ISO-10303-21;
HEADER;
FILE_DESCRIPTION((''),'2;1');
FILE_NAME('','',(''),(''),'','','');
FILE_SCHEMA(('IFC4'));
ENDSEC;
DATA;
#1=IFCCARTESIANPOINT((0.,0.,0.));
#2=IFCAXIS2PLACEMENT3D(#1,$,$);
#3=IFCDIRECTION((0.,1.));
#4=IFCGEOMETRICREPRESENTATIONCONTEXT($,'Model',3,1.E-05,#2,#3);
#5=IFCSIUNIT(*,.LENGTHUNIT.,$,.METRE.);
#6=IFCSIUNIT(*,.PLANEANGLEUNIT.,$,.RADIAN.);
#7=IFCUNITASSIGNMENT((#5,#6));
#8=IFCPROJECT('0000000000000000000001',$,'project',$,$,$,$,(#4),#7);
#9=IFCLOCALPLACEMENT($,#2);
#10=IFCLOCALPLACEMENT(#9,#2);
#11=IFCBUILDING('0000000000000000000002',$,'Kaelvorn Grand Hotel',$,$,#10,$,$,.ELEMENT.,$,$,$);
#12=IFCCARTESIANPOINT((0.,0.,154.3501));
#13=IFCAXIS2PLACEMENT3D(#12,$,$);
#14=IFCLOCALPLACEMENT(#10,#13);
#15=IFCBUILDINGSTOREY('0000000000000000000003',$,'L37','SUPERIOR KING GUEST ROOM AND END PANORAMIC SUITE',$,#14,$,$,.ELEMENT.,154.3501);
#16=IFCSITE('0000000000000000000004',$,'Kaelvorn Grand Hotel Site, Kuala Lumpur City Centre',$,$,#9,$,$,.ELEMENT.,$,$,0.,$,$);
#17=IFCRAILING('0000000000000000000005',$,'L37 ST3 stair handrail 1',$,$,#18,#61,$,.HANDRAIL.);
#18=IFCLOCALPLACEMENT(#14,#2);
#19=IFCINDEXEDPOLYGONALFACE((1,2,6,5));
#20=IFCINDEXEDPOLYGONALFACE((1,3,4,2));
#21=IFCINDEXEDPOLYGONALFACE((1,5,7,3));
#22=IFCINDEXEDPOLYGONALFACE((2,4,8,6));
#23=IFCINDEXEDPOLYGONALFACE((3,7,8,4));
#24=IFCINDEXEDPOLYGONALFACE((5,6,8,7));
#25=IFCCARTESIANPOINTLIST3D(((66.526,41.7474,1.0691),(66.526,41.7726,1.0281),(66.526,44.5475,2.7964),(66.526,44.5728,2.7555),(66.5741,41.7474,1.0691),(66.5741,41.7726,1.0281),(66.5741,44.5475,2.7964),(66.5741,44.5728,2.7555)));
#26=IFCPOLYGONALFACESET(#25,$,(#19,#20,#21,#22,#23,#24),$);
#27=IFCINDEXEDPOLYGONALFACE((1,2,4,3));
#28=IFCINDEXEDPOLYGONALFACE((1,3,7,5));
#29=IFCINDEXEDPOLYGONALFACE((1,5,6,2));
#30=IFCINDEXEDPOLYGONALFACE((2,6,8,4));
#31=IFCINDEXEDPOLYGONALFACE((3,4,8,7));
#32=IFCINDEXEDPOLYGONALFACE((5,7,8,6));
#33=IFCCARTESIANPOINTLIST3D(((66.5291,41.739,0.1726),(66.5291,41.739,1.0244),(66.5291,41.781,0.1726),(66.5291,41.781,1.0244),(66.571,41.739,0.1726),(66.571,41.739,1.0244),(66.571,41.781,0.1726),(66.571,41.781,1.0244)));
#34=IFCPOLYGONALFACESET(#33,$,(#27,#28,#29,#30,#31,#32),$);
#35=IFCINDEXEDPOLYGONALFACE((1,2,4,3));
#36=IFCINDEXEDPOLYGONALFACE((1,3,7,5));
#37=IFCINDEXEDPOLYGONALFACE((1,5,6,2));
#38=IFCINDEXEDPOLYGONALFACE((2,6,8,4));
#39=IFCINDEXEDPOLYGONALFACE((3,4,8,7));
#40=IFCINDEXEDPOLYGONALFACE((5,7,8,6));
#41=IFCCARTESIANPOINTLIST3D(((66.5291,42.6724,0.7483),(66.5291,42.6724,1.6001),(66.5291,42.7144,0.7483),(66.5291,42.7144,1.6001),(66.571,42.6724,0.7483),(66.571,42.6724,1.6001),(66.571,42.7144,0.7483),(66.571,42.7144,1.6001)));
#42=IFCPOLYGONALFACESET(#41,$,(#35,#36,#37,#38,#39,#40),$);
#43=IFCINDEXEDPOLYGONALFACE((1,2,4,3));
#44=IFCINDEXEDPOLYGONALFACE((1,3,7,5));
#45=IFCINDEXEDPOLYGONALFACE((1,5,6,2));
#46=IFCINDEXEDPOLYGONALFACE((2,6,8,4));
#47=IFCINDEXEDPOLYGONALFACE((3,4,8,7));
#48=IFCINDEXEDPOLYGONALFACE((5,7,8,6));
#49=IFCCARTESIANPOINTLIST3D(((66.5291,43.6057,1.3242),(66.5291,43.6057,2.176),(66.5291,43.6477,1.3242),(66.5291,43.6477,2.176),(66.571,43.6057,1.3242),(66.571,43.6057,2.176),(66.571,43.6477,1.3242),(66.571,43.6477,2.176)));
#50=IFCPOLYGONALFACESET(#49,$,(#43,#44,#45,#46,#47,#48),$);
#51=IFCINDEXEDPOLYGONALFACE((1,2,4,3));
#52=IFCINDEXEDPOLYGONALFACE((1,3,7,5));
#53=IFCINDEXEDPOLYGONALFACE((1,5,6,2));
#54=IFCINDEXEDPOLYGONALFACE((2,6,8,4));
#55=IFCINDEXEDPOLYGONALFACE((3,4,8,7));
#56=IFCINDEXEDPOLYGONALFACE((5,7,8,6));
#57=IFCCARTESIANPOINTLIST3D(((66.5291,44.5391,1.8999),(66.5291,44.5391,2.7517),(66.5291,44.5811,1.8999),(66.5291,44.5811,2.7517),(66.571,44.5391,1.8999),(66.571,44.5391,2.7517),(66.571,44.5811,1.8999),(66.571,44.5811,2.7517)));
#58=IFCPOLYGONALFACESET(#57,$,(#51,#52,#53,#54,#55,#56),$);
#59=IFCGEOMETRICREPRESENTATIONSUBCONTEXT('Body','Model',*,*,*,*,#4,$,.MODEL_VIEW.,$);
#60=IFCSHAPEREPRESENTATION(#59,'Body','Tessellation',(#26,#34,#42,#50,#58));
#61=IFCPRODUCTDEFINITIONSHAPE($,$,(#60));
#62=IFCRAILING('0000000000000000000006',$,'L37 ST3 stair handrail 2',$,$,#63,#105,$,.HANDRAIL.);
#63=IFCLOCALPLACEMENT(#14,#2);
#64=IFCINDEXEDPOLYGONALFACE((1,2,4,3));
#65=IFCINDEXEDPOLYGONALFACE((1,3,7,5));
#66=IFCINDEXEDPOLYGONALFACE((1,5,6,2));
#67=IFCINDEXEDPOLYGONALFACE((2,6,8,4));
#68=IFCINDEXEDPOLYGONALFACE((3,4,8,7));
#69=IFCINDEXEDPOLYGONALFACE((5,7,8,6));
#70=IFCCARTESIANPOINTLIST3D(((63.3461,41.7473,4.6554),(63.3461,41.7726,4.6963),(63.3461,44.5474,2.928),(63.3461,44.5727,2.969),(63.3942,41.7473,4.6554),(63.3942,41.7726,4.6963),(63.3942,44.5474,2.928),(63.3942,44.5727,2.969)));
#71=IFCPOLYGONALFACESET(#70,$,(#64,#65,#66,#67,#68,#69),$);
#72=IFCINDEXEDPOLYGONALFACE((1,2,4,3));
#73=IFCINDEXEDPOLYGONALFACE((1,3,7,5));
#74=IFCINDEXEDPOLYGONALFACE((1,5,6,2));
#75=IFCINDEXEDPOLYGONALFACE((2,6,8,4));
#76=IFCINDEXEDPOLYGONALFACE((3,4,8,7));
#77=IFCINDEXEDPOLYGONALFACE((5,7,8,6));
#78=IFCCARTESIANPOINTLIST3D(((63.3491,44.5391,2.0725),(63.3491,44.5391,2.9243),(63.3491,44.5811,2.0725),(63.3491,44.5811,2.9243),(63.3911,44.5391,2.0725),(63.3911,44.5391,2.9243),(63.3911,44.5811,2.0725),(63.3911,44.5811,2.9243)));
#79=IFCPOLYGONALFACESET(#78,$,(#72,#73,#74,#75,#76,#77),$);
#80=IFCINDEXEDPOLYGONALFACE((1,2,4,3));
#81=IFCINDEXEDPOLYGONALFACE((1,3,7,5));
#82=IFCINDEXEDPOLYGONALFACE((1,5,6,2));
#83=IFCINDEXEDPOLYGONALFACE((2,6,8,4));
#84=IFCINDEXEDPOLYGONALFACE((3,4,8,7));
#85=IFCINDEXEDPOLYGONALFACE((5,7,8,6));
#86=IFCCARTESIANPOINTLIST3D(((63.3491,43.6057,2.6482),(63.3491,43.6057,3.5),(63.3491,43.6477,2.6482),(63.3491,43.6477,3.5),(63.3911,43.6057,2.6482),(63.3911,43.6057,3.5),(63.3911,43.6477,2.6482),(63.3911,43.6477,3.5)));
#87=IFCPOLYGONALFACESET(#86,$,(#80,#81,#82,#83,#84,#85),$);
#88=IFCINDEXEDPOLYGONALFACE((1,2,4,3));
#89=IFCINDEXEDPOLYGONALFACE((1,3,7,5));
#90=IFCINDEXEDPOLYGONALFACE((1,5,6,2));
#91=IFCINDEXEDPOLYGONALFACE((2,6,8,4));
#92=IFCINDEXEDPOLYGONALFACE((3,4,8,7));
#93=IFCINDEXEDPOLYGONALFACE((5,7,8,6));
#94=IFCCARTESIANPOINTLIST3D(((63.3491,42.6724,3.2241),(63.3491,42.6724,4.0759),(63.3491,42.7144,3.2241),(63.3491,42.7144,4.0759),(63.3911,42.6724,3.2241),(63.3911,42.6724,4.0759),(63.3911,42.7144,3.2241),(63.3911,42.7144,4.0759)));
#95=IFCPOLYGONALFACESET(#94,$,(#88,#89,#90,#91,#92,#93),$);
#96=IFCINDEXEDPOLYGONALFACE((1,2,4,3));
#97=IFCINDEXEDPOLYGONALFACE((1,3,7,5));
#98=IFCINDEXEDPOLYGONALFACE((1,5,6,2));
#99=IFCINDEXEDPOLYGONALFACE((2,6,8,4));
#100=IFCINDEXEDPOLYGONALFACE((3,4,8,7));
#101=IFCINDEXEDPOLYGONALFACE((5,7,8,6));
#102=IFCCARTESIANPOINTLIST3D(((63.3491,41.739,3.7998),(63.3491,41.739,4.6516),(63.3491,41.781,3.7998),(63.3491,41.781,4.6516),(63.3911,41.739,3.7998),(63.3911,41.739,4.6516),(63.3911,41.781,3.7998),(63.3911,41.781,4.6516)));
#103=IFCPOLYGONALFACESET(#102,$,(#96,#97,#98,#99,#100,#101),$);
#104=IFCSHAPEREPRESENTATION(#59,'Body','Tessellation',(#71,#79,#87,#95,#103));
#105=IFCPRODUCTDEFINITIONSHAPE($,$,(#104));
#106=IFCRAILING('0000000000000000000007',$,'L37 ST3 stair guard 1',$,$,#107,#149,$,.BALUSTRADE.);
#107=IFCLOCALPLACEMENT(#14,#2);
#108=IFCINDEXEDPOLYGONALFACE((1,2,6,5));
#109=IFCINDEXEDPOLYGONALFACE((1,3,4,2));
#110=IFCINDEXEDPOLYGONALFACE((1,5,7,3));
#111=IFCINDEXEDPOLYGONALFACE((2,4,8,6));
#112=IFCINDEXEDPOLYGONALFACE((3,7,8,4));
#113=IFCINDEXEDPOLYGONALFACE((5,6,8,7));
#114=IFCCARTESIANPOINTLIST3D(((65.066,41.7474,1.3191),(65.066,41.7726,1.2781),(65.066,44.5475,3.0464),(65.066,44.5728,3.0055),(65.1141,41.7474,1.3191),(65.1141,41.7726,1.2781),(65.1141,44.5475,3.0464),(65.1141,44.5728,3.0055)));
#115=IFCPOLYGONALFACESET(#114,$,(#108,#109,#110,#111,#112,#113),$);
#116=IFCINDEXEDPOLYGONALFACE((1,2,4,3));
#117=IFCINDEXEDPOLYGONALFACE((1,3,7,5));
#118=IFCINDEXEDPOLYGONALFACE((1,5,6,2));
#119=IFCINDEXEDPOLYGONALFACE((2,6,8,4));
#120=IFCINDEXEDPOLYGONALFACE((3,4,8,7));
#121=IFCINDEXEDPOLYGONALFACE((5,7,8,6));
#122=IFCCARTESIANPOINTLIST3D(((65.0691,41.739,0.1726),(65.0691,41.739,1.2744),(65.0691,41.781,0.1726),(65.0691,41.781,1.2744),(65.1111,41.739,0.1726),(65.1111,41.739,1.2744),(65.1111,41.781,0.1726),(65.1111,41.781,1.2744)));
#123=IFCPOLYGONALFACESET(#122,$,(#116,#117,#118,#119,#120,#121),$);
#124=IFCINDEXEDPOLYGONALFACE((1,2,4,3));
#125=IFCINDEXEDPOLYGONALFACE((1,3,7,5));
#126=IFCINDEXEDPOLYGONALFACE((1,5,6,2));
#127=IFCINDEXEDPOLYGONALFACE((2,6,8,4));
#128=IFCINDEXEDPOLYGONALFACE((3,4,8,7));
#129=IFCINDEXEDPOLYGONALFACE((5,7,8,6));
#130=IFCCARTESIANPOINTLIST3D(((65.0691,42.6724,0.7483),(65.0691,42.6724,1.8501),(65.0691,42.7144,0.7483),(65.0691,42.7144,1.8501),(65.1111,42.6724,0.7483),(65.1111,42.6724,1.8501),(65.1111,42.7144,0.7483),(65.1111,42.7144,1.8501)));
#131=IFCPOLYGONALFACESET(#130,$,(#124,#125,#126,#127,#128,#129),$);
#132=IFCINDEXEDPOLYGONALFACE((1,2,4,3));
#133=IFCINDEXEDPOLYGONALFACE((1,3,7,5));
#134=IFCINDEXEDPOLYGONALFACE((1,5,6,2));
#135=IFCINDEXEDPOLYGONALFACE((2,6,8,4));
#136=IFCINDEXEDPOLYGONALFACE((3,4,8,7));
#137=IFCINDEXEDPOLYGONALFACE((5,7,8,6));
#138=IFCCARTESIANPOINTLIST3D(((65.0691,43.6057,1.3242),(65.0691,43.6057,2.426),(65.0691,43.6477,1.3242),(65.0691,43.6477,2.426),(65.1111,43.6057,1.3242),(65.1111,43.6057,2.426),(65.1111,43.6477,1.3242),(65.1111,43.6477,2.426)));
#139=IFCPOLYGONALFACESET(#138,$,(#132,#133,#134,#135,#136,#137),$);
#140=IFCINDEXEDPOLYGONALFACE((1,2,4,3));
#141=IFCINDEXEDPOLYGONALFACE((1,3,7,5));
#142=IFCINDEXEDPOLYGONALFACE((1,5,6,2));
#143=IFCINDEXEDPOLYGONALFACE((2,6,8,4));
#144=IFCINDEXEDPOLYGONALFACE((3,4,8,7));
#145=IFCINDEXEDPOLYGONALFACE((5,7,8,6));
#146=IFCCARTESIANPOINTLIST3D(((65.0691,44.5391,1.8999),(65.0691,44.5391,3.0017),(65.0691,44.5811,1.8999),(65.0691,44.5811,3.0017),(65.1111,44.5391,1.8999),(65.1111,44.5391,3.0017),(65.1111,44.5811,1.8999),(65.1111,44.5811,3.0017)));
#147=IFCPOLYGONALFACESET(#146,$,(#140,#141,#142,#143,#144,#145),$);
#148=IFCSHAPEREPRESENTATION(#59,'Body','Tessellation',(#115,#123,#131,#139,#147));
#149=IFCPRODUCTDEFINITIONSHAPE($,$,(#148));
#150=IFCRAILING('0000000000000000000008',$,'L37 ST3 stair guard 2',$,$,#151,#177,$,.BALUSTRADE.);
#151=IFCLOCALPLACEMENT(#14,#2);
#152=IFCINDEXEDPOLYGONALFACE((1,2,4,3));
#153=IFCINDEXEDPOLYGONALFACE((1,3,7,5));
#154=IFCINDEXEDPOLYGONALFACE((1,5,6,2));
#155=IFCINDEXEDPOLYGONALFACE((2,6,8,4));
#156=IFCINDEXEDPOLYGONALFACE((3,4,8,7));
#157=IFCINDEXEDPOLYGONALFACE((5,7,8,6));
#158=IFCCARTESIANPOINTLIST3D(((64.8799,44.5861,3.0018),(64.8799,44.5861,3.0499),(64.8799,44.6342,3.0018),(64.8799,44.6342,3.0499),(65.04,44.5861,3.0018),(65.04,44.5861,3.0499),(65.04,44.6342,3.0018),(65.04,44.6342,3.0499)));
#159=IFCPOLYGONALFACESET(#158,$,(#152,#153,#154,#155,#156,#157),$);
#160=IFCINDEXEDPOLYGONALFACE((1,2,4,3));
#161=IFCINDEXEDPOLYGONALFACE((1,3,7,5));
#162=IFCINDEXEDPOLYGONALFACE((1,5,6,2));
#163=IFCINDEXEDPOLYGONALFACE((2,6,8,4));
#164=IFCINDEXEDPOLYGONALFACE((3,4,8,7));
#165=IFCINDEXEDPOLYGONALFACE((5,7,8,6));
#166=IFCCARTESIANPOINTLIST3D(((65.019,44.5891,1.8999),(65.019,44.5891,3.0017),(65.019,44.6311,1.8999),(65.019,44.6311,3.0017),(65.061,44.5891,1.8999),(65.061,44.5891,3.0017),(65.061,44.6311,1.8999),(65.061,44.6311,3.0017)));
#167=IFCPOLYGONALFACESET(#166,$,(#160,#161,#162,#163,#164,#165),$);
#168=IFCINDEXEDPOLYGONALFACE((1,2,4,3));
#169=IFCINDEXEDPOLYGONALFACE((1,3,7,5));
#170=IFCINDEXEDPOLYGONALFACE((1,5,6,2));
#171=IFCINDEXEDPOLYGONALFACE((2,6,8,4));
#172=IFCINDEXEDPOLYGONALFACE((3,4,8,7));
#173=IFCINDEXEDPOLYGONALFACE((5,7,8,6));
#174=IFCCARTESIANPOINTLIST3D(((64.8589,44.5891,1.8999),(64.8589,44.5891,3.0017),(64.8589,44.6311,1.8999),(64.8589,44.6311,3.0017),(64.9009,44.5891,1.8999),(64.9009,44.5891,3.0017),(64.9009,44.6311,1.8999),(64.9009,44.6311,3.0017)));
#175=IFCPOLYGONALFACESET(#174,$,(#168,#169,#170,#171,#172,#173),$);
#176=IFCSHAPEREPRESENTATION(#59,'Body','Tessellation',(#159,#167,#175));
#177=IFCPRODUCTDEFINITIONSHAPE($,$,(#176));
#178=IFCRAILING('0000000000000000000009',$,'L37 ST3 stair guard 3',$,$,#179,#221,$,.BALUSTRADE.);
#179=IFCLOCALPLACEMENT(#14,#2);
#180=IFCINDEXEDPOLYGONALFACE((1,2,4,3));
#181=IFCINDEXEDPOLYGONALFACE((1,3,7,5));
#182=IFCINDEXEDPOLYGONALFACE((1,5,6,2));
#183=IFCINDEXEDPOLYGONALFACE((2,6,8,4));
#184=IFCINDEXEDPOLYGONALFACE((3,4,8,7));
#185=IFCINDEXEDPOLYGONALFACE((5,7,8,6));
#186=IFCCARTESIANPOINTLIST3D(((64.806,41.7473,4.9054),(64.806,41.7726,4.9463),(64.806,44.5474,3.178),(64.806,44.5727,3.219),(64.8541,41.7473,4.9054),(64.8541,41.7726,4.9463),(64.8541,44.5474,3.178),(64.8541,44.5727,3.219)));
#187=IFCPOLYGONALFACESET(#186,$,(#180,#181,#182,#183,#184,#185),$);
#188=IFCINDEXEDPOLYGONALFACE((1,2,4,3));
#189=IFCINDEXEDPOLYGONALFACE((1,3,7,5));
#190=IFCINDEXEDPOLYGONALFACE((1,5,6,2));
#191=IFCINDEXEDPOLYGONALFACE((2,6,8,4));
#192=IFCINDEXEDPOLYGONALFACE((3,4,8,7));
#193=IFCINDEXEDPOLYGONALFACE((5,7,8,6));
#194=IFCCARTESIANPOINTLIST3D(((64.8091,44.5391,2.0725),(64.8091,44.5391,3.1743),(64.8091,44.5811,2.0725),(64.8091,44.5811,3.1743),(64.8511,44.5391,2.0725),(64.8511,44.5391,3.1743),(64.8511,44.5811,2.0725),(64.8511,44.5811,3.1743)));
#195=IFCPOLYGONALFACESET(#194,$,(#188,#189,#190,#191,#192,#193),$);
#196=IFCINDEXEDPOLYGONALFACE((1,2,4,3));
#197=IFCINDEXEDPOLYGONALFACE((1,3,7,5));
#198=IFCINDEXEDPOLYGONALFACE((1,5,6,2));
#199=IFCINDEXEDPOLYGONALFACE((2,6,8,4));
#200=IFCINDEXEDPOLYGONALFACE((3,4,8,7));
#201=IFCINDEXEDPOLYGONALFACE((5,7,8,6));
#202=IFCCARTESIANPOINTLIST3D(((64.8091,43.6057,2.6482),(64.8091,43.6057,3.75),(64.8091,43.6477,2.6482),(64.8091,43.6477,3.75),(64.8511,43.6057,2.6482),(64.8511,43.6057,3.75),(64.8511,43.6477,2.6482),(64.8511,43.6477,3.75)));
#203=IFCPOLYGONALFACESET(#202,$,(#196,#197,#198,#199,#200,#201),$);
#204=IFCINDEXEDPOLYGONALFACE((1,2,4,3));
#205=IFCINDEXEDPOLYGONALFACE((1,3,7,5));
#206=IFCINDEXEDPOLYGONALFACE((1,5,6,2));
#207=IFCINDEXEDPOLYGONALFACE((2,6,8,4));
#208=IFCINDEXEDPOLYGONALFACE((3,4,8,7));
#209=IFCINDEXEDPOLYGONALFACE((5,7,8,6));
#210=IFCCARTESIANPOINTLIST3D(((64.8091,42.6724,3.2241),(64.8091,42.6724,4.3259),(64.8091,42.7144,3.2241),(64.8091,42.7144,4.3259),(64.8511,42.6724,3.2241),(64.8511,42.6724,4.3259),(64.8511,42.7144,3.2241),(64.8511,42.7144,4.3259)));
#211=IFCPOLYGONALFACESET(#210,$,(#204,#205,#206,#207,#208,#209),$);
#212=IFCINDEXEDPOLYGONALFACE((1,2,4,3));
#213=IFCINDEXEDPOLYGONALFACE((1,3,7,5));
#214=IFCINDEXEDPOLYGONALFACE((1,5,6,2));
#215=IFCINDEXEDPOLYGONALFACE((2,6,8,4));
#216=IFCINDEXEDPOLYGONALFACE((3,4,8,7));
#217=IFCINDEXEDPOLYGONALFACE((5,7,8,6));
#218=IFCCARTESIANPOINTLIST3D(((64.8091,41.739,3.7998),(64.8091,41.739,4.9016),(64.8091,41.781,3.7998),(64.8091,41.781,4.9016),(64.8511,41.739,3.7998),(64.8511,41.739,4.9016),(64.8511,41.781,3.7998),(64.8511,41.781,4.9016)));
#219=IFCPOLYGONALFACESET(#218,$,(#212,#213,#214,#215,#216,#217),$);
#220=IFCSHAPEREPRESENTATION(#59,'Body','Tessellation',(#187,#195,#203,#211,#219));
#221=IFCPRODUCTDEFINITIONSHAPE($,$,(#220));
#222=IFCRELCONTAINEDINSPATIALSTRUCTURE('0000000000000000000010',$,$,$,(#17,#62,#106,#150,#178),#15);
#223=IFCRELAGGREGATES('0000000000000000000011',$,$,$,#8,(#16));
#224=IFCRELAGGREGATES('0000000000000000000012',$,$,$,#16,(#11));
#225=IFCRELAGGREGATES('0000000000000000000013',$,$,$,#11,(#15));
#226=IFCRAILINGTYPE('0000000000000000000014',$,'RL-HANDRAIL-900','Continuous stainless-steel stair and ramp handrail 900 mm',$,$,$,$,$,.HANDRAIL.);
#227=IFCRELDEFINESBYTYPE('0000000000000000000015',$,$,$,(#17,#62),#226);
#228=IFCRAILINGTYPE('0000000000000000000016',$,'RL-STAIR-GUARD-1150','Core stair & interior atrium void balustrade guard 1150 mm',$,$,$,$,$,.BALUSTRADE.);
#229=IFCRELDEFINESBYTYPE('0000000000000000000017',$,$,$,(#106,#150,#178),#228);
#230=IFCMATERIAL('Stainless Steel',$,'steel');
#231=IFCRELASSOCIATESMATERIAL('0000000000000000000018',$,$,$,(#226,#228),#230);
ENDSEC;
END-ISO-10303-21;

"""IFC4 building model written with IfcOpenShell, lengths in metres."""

from ifc_helpers import new_model, si_unit, direction, frame, origin, origin_2d, place, context, subcontext, project, spatial, rectangle, extrude, material, type_object, element, save


model = new_model("IFC4")

# Units and contexts
model_context = context("Model", 3, precision=1e-05, world=origin(), true_north=direction((0.0, 1.0)))
body_context = subcontext(model_context, "Body", "Model", "MODEL_VIEW")
ifc_project = project(units=[si_unit("LENGTHUNIT", "METRE"), si_unit("PLANEANGLEUNIT", "RADIAN")], contexts=[model_context])

# Site, building, storey
site_placement = place(None, origin())
site = spatial("IfcSite", under=ifc_project, at=site_placement, Name="Kaelvorn Grand Hotel Site, Kuala Lumpur City Centre", CompositionType="ELEMENT", RefElevation=0.0)
building_placement = place(site_placement, origin())
building = spatial("IfcBuilding", under=site, at=building_placement, Name="Kaelvorn Grand Hotel", CompositionType="ELEMENT")
storey_placement = place(building_placement, frame((0.0, 0.0, 154.3501)))
storey = spatial("IfcBuildingStorey", under=building, at=storey_placement, Name="L37", Description="SUPERIOR KING GUEST ROOM AND END PANORAMIC SUITE", CompositionType="ELEMENT", Elevation=154.3501)

# Shared definitions
ifc_material_1 = material(Name="Stainless Steel", Category="steel")

# Railings
railing_type_1 = type_object("IfcRailingType", Name="RL-HANDRAIL-900", Description="Continuous stainless-steel stair and ramp handrail 900 mm", PredefinedType="HANDRAIL", material=ifc_material_1)
railing_1_placement = place(storey_placement, frame((66.55, 41.76, 0.1726)))
element("IfcRailing", 1, at=railing_1_placement, inside=storey, type_object=railing_type_1, Name="L37 ST3 stair handrail 1", PredefinedType="HANDRAIL", context=body_context, shape_type="SweptSolid", body=[
    extrude(rectangle(XDim=0.0481, YDim=0.0481, at=origin_2d()), frame((0.0, 0.0, 0.876), z_axis=(0.0, 0.85109, 0.52502), x_axis=(-1.0, 0.0, 0.0)), (0.0, 0.0, 1.0), 3.29),
    extrude(rectangle(XDim=0.042, YDim=0.042, at=origin_2d()), origin(), (0.0, 0.0, 1.0), 0.8518),
    extrude(rectangle(XDim=0.042, YDim=0.042, at=origin_2d()), frame((0.0, 0.9333, 0.5757)), (0.0, 0.0, 1.0), 0.8518),
    extrude(rectangle(XDim=0.042, YDim=0.042, at=origin_2d()), frame((0.0, 1.8667, 1.1516)), (0.0, 0.0, 1.0), 0.8518),
    extrude(rectangle(XDim=0.042, YDim=0.042, at=origin_2d()), frame((0.0, 2.8, 1.7273)), (0.0, 0.0, 1.0), 0.8518),
])
railing_2_placement = place(storey_placement, frame((63.3701, 44.5601, 2.0725)))
element("IfcRailing", 2, at=railing_2_placement, inside=storey, type_object=railing_type_1, Name="L37 ST3 stair handrail 2", PredefinedType="HANDRAIL", context=body_context, shape_type="SweptSolid", body=[
    extrude(rectangle(XDim=0.0481, YDim=0.0481, at=origin_2d()), frame((0.0, 0.0, 0.876), z_axis=(0.0, -0.85109, 0.52502), x_axis=(1.0, 0.0, 0.0)), (0.0, 0.0, 1.0), 3.29),
    extrude(rectangle(XDim=0.042, YDim=0.042, at=origin_2d()), origin(), (0.0, 0.0, 1.0), 0.8518),
    extrude(rectangle(XDim=0.042, YDim=0.042, at=origin_2d()), frame((0.0, -0.9333, 0.5757)), (0.0, 0.0, 1.0), 0.8518),
    extrude(rectangle(XDim=0.042, YDim=0.042, at=origin_2d()), frame((0.0, -1.8667, 1.1516)), (0.0, 0.0, 1.0), 0.8518),
    extrude(rectangle(XDim=0.042, YDim=0.042, at=origin_2d()), frame((0.0, -2.8, 1.7273)), (0.0, 0.0, 1.0), 0.8518),
])
railing_type_2 = type_object("IfcRailingType", Name="RL-STAIR-GUARD-1150", Description="Core stair & interior atrium void balustrade guard 1150 mm", PredefinedType="BALUSTRADE", material=ifc_material_1)
railing_3_placement = place(storey_placement, frame((65.0901, 41.76, 0.1726)))
element("IfcRailing", 3, at=railing_3_placement, inside=storey, type_object=railing_type_2, Name="L37 ST3 stair guard 1", PredefinedType="BALUSTRADE", context=body_context, shape_type="SweptSolid", body=[
    extrude(rectangle(XDim=0.0481, YDim=0.0481, at=origin_2d()), frame((0.0, 0.0, 1.126), z_axis=(0.0, 0.85109, 0.52502), x_axis=(-1.0, 0.0, 0.0)), (0.0, 0.0, 1.0), 3.29),
    extrude(rectangle(XDim=0.042, YDim=0.042, at=origin_2d()), origin(), (0.0, 0.0, 1.0), 1.1018),
    extrude(rectangle(XDim=0.042, YDim=0.042, at=origin_2d()), frame((0.0, 0.9333, 0.5757)), (0.0, 0.0, 1.0), 1.1018),
    extrude(rectangle(XDim=0.042, YDim=0.042, at=origin_2d()), frame((0.0, 1.8667, 1.1516)), (0.0, 0.0, 1.0), 1.1018),
    extrude(rectangle(XDim=0.042, YDim=0.042, at=origin_2d()), frame((0.0, 2.8, 1.7273)), (0.0, 0.0, 1.0), 1.1018),
])
railing_4_placement = place(storey_placement, frame((65.04, 44.6101, 1.8999)))
element("IfcRailing", 4, at=railing_4_placement, inside=storey, type_object=railing_type_2, Name="L37 ST3 stair guard 2", PredefinedType="BALUSTRADE", context=body_context, shape_type="SweptSolid", body=[
    extrude(rectangle(XDim=0.0481, YDim=0.0481, at=origin_2d()), frame((0.0, 0.0, 1.126), z_axis=(-1.0, 0.0, 0.0), x_axis=(0.0, -1.0, 0.0)), (0.0, 0.0, 1.0), 0.1602),
    extrude(rectangle(XDim=0.042, YDim=0.042, at=origin_2d()), origin(), (0.0, 0.0, 1.0), 1.1018),
    extrude(rectangle(XDim=0.042, YDim=0.042, at=origin_2d()), frame((-0.1602, 0.0, 0.0)), (0.0, 0.0, 1.0), 1.1018),
])
railing_5_placement = place(storey_placement, frame((64.8301, 44.5601, 2.0725)))
element("IfcRailing", 5, at=railing_5_placement, inside=storey, type_object=railing_type_2, Name="L37 ST3 stair guard 3", PredefinedType="BALUSTRADE", context=body_context, shape_type="SweptSolid", body=[
    extrude(rectangle(XDim=0.0481, YDim=0.0481, at=origin_2d()), frame((0.0, 0.0, 1.126), z_axis=(0.0, -0.85109, 0.52502), x_axis=(1.0, 0.0, 0.0)), (0.0, 0.0, 1.0), 3.29),
    extrude(rectangle(XDim=0.042, YDim=0.042, at=origin_2d()), origin(), (0.0, 0.0, 1.0), 1.1018),
    extrude(rectangle(XDim=0.042, YDim=0.042, at=origin_2d()), frame((0.0, -0.9333, 0.5757)), (0.0, 0.0, 1.0), 1.1018),
    extrude(rectangle(XDim=0.042, YDim=0.042, at=origin_2d()), frame((0.0, -1.8667, 1.1516)), (0.0, 0.0, 1.0), 1.1018),
    extrude(rectangle(XDim=0.042, YDim=0.042, at=origin_2d()), frame((0.0, -2.8, 1.7273)), (0.0, 0.0, 1.0), 1.1018),
])

save(model, "model.ifc")
